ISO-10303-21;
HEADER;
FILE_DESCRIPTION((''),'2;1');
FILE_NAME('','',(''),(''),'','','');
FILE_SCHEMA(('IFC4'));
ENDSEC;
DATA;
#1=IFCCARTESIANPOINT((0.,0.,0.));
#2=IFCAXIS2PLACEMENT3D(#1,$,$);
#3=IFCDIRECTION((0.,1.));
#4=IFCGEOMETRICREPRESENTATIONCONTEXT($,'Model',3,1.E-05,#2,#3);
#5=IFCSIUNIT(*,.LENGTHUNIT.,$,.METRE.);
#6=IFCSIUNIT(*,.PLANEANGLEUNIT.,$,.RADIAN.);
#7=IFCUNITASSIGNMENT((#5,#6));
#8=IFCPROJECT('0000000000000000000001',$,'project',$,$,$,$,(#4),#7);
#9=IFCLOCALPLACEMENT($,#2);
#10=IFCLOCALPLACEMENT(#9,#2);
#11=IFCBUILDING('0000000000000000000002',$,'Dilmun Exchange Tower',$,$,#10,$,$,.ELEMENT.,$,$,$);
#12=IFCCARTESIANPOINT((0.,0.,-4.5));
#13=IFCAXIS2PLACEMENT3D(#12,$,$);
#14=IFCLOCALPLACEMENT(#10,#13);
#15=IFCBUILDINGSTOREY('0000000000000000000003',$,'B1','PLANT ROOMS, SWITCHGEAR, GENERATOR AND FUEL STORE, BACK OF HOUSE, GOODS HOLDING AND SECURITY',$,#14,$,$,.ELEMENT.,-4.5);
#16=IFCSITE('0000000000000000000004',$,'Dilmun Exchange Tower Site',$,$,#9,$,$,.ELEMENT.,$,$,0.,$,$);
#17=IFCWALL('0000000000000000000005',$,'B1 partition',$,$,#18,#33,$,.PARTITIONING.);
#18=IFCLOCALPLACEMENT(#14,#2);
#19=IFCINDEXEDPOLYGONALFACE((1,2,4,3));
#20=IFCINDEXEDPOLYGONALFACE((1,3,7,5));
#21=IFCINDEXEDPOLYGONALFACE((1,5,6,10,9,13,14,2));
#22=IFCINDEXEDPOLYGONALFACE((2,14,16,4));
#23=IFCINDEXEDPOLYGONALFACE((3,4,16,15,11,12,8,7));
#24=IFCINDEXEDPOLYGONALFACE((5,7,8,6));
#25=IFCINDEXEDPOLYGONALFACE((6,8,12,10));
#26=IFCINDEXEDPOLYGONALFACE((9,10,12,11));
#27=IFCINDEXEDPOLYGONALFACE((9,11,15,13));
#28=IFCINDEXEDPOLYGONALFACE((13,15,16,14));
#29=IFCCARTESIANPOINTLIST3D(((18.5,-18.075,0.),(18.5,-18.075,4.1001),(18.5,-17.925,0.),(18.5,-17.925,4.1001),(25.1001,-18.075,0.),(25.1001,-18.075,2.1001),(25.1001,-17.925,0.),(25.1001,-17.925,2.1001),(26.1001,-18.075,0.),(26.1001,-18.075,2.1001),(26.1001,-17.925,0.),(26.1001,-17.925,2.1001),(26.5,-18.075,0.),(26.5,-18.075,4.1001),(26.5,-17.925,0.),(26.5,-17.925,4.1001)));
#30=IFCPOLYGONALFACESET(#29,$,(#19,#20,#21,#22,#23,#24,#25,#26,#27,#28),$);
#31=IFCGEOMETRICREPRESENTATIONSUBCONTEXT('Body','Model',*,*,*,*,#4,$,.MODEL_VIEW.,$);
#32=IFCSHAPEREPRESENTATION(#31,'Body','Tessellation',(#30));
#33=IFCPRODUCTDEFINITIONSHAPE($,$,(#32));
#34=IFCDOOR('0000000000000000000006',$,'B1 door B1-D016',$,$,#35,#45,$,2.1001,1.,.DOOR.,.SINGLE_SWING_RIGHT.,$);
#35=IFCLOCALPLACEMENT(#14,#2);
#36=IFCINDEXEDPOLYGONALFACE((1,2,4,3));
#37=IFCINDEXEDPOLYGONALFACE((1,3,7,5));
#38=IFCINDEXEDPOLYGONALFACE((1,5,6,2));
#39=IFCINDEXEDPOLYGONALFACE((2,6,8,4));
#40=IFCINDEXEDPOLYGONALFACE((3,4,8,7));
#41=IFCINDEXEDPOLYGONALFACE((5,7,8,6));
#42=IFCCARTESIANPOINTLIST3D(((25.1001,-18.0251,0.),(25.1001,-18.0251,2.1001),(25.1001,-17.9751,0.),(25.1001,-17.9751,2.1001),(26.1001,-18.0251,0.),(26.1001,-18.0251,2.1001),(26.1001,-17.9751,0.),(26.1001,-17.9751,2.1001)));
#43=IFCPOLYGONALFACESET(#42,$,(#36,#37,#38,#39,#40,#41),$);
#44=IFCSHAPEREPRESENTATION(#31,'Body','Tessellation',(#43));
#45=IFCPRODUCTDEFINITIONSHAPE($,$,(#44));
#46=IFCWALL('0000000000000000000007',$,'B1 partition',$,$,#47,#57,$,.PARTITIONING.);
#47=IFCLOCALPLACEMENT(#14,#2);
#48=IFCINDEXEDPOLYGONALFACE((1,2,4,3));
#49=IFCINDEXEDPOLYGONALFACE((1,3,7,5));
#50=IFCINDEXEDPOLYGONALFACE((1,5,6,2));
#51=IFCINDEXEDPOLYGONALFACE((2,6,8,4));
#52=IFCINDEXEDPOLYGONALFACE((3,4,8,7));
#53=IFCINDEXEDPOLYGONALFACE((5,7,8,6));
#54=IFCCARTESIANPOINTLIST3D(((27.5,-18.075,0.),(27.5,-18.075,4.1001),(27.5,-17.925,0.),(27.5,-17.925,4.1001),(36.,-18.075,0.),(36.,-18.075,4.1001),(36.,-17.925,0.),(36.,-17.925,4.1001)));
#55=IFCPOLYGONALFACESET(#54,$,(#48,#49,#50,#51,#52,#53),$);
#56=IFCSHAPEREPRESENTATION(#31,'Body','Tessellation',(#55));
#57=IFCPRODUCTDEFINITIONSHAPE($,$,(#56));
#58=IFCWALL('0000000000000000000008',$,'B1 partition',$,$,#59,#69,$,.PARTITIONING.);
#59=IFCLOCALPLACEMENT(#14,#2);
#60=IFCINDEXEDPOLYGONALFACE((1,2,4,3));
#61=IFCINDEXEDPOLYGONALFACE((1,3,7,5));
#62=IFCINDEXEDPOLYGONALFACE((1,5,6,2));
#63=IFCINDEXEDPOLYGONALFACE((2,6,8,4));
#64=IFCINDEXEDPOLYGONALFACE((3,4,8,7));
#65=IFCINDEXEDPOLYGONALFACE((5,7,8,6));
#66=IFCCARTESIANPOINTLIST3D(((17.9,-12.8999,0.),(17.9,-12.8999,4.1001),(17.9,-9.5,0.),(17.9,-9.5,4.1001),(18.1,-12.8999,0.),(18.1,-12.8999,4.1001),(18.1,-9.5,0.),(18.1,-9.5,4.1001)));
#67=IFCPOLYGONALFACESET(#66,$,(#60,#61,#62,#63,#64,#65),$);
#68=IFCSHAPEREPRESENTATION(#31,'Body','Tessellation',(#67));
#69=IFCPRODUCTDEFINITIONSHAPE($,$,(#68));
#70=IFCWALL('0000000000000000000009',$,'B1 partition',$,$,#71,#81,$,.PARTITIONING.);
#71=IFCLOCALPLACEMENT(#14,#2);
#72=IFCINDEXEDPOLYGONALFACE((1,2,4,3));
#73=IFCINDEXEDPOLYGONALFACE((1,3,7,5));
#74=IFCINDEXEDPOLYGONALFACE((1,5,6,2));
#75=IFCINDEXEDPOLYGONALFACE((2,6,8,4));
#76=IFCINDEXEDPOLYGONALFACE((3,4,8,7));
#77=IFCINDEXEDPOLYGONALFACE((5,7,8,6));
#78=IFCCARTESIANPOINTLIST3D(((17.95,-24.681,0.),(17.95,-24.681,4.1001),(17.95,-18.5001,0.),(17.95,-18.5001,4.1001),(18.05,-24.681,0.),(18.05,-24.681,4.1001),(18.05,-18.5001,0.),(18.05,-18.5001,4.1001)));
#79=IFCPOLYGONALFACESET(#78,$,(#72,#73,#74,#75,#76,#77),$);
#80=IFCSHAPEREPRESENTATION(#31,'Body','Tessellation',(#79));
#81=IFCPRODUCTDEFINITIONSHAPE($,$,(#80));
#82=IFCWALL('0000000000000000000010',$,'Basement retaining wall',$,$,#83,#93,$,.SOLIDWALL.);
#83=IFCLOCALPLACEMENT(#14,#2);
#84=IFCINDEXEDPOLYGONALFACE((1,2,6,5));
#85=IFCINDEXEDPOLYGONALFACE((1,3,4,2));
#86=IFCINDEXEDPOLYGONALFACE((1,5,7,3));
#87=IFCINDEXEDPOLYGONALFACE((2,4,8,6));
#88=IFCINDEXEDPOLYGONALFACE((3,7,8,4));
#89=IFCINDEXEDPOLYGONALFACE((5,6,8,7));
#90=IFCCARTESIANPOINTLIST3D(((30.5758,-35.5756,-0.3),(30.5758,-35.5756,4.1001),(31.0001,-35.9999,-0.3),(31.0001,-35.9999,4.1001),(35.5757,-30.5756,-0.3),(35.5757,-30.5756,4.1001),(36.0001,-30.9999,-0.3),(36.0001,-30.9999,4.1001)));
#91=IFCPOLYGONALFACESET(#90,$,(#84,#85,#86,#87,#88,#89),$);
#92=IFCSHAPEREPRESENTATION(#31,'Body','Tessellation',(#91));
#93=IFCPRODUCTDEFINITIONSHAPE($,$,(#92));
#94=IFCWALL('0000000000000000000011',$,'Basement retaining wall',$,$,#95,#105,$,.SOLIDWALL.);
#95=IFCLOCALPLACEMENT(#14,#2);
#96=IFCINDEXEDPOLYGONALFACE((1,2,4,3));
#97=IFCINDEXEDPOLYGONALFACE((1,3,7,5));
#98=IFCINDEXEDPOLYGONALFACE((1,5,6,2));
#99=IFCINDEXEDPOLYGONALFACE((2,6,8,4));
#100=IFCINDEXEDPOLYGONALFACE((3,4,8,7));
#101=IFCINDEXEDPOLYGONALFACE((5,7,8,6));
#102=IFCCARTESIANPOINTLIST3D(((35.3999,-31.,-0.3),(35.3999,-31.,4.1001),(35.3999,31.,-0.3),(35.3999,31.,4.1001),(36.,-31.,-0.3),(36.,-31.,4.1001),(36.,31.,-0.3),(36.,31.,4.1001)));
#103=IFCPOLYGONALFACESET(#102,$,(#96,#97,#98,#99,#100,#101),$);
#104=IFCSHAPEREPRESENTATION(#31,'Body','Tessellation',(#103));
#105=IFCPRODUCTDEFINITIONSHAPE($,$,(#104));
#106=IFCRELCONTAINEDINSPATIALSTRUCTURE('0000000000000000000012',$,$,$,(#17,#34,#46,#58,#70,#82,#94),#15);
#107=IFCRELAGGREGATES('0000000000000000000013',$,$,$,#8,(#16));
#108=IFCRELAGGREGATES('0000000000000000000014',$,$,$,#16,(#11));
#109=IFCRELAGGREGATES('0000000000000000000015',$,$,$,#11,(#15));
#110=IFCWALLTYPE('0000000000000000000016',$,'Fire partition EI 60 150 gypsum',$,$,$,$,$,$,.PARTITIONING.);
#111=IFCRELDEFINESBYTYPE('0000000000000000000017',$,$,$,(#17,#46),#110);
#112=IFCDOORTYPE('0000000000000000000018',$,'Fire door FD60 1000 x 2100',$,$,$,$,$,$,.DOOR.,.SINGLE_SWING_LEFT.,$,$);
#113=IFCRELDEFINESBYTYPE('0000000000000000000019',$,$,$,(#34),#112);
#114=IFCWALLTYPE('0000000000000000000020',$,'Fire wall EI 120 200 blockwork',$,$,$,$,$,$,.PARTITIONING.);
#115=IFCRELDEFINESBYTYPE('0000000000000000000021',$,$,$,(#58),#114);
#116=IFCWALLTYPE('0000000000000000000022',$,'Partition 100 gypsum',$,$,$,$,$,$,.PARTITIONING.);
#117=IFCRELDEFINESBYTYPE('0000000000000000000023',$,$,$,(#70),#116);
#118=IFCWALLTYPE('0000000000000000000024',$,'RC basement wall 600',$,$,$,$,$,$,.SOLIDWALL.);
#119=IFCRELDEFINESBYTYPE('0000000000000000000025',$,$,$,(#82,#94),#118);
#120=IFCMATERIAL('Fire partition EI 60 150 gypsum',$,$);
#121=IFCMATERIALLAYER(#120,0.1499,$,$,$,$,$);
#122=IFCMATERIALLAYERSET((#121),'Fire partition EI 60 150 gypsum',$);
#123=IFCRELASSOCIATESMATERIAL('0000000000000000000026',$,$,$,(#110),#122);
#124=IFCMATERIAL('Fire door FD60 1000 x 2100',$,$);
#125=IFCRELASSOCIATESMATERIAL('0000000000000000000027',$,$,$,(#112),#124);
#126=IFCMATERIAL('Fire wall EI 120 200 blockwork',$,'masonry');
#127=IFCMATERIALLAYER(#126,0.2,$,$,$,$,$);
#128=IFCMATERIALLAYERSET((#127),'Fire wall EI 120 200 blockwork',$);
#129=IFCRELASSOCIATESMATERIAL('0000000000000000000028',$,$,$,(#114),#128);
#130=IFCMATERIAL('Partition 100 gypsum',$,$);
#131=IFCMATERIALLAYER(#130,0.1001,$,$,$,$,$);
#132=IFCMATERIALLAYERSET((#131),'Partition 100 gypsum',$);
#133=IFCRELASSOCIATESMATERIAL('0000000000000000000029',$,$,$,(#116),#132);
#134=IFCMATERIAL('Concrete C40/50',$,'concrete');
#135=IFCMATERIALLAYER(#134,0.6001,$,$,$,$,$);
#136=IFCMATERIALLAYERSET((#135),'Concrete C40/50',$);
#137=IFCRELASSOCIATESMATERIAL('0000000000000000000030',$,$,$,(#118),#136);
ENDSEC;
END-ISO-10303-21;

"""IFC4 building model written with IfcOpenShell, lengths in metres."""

from ifc_helpers import new_model, si_unit, direction, frame, frame_2d, origin, place, context, subcontext, project, spatial, rectangle, extrude, material, layer, layer_set, type_object, element, fill, save


model = new_model("IFC4")

# Units and contexts
model_context = context("Model", 3, precision=1e-05, world=origin(), true_north=direction((0.0, 1.0)))
body_context = subcontext(model_context, "Body", "Model", "MODEL_VIEW")
ifc_project = project(units=[si_unit("LENGTHUNIT", "METRE"), si_unit("PLANEANGLEUNIT", "RADIAN")], contexts=[model_context])

# Site, building, storey
site_placement = place(None, origin())
site = spatial("IfcSite", under=ifc_project, at=site_placement, Name="Dilmun Exchange Tower Site", CompositionType="ELEMENT", RefElevation=0.0)
building_placement = place(site_placement, origin())
building = spatial("IfcBuilding", under=site, at=building_placement, Name="Dilmun Exchange Tower", CompositionType="ELEMENT")
storey_placement = place(building_placement, frame((0.0, 0.0, -4.5)))
storey = spatial("IfcBuildingStorey", under=building, at=storey_placement, Name="B1", Description="PLANT ROOMS, SWITCHGEAR, GENERATOR AND FUEL STORE, BACK OF HOUSE, GOODS HOLDING AND SECURITY", CompositionType="ELEMENT", Elevation=-4.5)

# Wall, opening, door
ifc_material_1 = material(Name="Fire partition EI 60 150 gypsum")
ifc_layer_1 = layer(ifc_material_1, 0.1499)
ifc_layer_set_1 = layer_set([ifc_layer_1], Name="Fire partition EI 60 150 gypsum")
wall_type_1 = type_object("IfcWallType", Name="Fire partition EI 60 150 gypsum", PredefinedType="PARTITIONING", material=ifc_layer_set_1)
wall_1_placement = place(storey_placement, frame((18.5, -18.0, 0.0), z_axis=(0.0, 0.0, 1.0), x_axis=(1.0, 0.0, 0.0)))
wall_1 = element("IfcWall", 1, at=wall_1_placement, inside=storey, type_object=wall_type_1, Name="B1 partition", PredefinedType="PARTITIONING", context=body_context, shape_type="SweptSolid", body=[
    extrude(rectangle(XDim=8.0, YDim=0.1499, at=frame_2d((4.0, 0.0))), origin(), (0.0, 0.0, 1.0), 4.1001),
])
opening_placement = place(wall_1_placement, frame((6.6001, 0.0, 0.0)))
opening = element("IfcOpeningElement", 2, at=opening_placement, cuts=wall_1, PredefinedType="OPENING", context=body_context, shape_type="SweptSolid", body=[
    extrude(rectangle(XDim=1.0, YDim=2.1001, at=frame_2d((0.5, 1.05))), frame((0.0, 0.085, 0.0), z_axis=(0.0, -1.0, 0.0), x_axis=(1.0, 0.0, 0.0)), (0.0, 0.0, 1.0), 0.1699),
])
ifc_material_2 = material(Name="Fire door FD60 1000 x 2100")
door_type = type_object("IfcDoorType", Name="Fire door FD60 1000 x 2100", OperationType="SINGLE_SWING_LEFT", PredefinedType="DOOR", material=ifc_material_2)
door_placement = place(opening_placement, origin())
door = element("IfcDoor", 3, at=door_placement, inside=storey, type_object=door_type, Name="B1 door B1-D016", OperationType="SINGLE_SWING_RIGHT", OverallHeight=2.1001, OverallWidth=1.0, PredefinedType="DOOR", context=body_context, shape_type="SweptSolid", body=[
    extrude(rectangle(XDim=1.0, YDim=2.1001, at=frame_2d((0.5, 1.05))), frame((0.0, 0.0249, 0.0), z_axis=(0.0, -1.0, 0.0), x_axis=(1.0, 0.0, 0.0)), (0.0, 0.0, 1.0), 0.05),
])
fill(opening, door)

# Walls
wall_2_placement = place(storey_placement, frame((27.5, -18.0, 0.0), z_axis=(0.0, 0.0, 1.0), x_axis=(1.0, 0.0, 0.0)))
element("IfcWall", 4, at=wall_2_placement, inside=storey, type_object=wall_type_1, Name="B1 partition", PredefinedType="PARTITIONING", context=body_context, shape_type="SweptSolid", body=[
    extrude(rectangle(XDim=8.5, YDim=0.1499, at=frame_2d((4.25, 0.0))), origin(), (0.0, 0.0, 1.0), 4.1001),
])
ifc_material_3 = material(Name="Fire wall EI 120 200 blockwork", Category="masonry")
ifc_layer_2 = layer(ifc_material_3, 0.2)
ifc_layer_set_2 = layer_set([ifc_layer_2], Name="Fire wall EI 120 200 blockwork")
wall_type_2 = type_object("IfcWallType", Name="Fire wall EI 120 200 blockwork", PredefinedType="PARTITIONING", material=ifc_layer_set_2)
wall_3_placement = place(storey_placement, frame((18.0, -12.8999, 0.0), z_axis=(0.0, 0.0, 1.0), x_axis=(0.0, 1.0, 0.0)))
element("IfcWall", 5, at=wall_3_placement, inside=storey, type_object=wall_type_2, Name="B1 partition", PredefinedType="PARTITIONING", context=body_context, shape_type="SweptSolid", body=[
    extrude(rectangle(XDim=3.3999, YDim=0.2, at=frame_2d((1.7, 0.0))), origin(), (0.0, 0.0, 1.0), 4.1001),
])
ifc_material_4 = material(Name="Partition 100 gypsum")
ifc_layer_3 = layer(ifc_material_4, 0.1001)
ifc_layer_set_3 = layer_set([ifc_layer_3], Name="Partition 100 gypsum")
wall_type_3 = type_object("IfcWallType", Name="Partition 100 gypsum", PredefinedType="PARTITIONING", material=ifc_layer_set_3)
wall_4_placement = place(storey_placement, frame((18.0, -24.6809, 0.0), z_axis=(0.0, 0.0, 1.0), x_axis=(0.0, 1.0, 0.0)))
element("IfcWall", 6, at=wall_4_placement, inside=storey, type_object=wall_type_3, Name="B1 partition", PredefinedType="PARTITIONING", context=body_context, shape_type="SweptSolid", body=[
    extrude(rectangle(XDim=6.1809, YDim=0.1001, at=frame_2d((3.0903, 0.0))), origin(), (0.0, 0.0, 1.0), 4.1001),
])
ifc_material_5 = material(Name="Concrete C40/50", Category="concrete")
ifc_layer_4 = layer(ifc_material_5, 0.6001)
ifc_layer_set_4 = layer_set([ifc_layer_4], Name="Concrete C40/50")
wall_type_4 = type_object("IfcWallType", Name="RC basement wall 600", PredefinedType="SOLIDWALL", material=ifc_layer_set_4)
wall_5_placement = place(storey_placement, frame((30.7878, -35.7878, -0.3), z_axis=(0.0, 0.0, 1.0), x_axis=(0.707107, 0.707107, 0.0)))
element("IfcWall", 7, at=wall_5_placement, inside=storey, type_object=wall_type_4, Name="Basement retaining wall", PredefinedType="SOLIDWALL", context=body_context, shape_type="SweptSolid", body=[
    extrude(rectangle(XDim=7.071, YDim=0.6001, at=frame_2d((3.5356, 0.0))), origin(), (0.0, 0.0, 1.0), 4.4001),
])
wall_6_placement = place(storey_placement, frame((35.7, -31.0, -0.3), z_axis=(0.0, 0.0, 1.0), x_axis=(0.0, 1.0, 0.0)))
element("IfcWall", 8, at=wall_6_placement, inside=storey, type_object=wall_type_4, Name="Basement retaining wall", PredefinedType="SOLIDWALL", context=body_context, shape_type="SweptSolid", body=[
    extrude(rectangle(XDim=62.0, YDim=0.6001, at=frame_2d((31.0, 0.0))), origin(), (0.0, 0.0, 1.0), 4.4001),
])

save(model, "model.ifc")
